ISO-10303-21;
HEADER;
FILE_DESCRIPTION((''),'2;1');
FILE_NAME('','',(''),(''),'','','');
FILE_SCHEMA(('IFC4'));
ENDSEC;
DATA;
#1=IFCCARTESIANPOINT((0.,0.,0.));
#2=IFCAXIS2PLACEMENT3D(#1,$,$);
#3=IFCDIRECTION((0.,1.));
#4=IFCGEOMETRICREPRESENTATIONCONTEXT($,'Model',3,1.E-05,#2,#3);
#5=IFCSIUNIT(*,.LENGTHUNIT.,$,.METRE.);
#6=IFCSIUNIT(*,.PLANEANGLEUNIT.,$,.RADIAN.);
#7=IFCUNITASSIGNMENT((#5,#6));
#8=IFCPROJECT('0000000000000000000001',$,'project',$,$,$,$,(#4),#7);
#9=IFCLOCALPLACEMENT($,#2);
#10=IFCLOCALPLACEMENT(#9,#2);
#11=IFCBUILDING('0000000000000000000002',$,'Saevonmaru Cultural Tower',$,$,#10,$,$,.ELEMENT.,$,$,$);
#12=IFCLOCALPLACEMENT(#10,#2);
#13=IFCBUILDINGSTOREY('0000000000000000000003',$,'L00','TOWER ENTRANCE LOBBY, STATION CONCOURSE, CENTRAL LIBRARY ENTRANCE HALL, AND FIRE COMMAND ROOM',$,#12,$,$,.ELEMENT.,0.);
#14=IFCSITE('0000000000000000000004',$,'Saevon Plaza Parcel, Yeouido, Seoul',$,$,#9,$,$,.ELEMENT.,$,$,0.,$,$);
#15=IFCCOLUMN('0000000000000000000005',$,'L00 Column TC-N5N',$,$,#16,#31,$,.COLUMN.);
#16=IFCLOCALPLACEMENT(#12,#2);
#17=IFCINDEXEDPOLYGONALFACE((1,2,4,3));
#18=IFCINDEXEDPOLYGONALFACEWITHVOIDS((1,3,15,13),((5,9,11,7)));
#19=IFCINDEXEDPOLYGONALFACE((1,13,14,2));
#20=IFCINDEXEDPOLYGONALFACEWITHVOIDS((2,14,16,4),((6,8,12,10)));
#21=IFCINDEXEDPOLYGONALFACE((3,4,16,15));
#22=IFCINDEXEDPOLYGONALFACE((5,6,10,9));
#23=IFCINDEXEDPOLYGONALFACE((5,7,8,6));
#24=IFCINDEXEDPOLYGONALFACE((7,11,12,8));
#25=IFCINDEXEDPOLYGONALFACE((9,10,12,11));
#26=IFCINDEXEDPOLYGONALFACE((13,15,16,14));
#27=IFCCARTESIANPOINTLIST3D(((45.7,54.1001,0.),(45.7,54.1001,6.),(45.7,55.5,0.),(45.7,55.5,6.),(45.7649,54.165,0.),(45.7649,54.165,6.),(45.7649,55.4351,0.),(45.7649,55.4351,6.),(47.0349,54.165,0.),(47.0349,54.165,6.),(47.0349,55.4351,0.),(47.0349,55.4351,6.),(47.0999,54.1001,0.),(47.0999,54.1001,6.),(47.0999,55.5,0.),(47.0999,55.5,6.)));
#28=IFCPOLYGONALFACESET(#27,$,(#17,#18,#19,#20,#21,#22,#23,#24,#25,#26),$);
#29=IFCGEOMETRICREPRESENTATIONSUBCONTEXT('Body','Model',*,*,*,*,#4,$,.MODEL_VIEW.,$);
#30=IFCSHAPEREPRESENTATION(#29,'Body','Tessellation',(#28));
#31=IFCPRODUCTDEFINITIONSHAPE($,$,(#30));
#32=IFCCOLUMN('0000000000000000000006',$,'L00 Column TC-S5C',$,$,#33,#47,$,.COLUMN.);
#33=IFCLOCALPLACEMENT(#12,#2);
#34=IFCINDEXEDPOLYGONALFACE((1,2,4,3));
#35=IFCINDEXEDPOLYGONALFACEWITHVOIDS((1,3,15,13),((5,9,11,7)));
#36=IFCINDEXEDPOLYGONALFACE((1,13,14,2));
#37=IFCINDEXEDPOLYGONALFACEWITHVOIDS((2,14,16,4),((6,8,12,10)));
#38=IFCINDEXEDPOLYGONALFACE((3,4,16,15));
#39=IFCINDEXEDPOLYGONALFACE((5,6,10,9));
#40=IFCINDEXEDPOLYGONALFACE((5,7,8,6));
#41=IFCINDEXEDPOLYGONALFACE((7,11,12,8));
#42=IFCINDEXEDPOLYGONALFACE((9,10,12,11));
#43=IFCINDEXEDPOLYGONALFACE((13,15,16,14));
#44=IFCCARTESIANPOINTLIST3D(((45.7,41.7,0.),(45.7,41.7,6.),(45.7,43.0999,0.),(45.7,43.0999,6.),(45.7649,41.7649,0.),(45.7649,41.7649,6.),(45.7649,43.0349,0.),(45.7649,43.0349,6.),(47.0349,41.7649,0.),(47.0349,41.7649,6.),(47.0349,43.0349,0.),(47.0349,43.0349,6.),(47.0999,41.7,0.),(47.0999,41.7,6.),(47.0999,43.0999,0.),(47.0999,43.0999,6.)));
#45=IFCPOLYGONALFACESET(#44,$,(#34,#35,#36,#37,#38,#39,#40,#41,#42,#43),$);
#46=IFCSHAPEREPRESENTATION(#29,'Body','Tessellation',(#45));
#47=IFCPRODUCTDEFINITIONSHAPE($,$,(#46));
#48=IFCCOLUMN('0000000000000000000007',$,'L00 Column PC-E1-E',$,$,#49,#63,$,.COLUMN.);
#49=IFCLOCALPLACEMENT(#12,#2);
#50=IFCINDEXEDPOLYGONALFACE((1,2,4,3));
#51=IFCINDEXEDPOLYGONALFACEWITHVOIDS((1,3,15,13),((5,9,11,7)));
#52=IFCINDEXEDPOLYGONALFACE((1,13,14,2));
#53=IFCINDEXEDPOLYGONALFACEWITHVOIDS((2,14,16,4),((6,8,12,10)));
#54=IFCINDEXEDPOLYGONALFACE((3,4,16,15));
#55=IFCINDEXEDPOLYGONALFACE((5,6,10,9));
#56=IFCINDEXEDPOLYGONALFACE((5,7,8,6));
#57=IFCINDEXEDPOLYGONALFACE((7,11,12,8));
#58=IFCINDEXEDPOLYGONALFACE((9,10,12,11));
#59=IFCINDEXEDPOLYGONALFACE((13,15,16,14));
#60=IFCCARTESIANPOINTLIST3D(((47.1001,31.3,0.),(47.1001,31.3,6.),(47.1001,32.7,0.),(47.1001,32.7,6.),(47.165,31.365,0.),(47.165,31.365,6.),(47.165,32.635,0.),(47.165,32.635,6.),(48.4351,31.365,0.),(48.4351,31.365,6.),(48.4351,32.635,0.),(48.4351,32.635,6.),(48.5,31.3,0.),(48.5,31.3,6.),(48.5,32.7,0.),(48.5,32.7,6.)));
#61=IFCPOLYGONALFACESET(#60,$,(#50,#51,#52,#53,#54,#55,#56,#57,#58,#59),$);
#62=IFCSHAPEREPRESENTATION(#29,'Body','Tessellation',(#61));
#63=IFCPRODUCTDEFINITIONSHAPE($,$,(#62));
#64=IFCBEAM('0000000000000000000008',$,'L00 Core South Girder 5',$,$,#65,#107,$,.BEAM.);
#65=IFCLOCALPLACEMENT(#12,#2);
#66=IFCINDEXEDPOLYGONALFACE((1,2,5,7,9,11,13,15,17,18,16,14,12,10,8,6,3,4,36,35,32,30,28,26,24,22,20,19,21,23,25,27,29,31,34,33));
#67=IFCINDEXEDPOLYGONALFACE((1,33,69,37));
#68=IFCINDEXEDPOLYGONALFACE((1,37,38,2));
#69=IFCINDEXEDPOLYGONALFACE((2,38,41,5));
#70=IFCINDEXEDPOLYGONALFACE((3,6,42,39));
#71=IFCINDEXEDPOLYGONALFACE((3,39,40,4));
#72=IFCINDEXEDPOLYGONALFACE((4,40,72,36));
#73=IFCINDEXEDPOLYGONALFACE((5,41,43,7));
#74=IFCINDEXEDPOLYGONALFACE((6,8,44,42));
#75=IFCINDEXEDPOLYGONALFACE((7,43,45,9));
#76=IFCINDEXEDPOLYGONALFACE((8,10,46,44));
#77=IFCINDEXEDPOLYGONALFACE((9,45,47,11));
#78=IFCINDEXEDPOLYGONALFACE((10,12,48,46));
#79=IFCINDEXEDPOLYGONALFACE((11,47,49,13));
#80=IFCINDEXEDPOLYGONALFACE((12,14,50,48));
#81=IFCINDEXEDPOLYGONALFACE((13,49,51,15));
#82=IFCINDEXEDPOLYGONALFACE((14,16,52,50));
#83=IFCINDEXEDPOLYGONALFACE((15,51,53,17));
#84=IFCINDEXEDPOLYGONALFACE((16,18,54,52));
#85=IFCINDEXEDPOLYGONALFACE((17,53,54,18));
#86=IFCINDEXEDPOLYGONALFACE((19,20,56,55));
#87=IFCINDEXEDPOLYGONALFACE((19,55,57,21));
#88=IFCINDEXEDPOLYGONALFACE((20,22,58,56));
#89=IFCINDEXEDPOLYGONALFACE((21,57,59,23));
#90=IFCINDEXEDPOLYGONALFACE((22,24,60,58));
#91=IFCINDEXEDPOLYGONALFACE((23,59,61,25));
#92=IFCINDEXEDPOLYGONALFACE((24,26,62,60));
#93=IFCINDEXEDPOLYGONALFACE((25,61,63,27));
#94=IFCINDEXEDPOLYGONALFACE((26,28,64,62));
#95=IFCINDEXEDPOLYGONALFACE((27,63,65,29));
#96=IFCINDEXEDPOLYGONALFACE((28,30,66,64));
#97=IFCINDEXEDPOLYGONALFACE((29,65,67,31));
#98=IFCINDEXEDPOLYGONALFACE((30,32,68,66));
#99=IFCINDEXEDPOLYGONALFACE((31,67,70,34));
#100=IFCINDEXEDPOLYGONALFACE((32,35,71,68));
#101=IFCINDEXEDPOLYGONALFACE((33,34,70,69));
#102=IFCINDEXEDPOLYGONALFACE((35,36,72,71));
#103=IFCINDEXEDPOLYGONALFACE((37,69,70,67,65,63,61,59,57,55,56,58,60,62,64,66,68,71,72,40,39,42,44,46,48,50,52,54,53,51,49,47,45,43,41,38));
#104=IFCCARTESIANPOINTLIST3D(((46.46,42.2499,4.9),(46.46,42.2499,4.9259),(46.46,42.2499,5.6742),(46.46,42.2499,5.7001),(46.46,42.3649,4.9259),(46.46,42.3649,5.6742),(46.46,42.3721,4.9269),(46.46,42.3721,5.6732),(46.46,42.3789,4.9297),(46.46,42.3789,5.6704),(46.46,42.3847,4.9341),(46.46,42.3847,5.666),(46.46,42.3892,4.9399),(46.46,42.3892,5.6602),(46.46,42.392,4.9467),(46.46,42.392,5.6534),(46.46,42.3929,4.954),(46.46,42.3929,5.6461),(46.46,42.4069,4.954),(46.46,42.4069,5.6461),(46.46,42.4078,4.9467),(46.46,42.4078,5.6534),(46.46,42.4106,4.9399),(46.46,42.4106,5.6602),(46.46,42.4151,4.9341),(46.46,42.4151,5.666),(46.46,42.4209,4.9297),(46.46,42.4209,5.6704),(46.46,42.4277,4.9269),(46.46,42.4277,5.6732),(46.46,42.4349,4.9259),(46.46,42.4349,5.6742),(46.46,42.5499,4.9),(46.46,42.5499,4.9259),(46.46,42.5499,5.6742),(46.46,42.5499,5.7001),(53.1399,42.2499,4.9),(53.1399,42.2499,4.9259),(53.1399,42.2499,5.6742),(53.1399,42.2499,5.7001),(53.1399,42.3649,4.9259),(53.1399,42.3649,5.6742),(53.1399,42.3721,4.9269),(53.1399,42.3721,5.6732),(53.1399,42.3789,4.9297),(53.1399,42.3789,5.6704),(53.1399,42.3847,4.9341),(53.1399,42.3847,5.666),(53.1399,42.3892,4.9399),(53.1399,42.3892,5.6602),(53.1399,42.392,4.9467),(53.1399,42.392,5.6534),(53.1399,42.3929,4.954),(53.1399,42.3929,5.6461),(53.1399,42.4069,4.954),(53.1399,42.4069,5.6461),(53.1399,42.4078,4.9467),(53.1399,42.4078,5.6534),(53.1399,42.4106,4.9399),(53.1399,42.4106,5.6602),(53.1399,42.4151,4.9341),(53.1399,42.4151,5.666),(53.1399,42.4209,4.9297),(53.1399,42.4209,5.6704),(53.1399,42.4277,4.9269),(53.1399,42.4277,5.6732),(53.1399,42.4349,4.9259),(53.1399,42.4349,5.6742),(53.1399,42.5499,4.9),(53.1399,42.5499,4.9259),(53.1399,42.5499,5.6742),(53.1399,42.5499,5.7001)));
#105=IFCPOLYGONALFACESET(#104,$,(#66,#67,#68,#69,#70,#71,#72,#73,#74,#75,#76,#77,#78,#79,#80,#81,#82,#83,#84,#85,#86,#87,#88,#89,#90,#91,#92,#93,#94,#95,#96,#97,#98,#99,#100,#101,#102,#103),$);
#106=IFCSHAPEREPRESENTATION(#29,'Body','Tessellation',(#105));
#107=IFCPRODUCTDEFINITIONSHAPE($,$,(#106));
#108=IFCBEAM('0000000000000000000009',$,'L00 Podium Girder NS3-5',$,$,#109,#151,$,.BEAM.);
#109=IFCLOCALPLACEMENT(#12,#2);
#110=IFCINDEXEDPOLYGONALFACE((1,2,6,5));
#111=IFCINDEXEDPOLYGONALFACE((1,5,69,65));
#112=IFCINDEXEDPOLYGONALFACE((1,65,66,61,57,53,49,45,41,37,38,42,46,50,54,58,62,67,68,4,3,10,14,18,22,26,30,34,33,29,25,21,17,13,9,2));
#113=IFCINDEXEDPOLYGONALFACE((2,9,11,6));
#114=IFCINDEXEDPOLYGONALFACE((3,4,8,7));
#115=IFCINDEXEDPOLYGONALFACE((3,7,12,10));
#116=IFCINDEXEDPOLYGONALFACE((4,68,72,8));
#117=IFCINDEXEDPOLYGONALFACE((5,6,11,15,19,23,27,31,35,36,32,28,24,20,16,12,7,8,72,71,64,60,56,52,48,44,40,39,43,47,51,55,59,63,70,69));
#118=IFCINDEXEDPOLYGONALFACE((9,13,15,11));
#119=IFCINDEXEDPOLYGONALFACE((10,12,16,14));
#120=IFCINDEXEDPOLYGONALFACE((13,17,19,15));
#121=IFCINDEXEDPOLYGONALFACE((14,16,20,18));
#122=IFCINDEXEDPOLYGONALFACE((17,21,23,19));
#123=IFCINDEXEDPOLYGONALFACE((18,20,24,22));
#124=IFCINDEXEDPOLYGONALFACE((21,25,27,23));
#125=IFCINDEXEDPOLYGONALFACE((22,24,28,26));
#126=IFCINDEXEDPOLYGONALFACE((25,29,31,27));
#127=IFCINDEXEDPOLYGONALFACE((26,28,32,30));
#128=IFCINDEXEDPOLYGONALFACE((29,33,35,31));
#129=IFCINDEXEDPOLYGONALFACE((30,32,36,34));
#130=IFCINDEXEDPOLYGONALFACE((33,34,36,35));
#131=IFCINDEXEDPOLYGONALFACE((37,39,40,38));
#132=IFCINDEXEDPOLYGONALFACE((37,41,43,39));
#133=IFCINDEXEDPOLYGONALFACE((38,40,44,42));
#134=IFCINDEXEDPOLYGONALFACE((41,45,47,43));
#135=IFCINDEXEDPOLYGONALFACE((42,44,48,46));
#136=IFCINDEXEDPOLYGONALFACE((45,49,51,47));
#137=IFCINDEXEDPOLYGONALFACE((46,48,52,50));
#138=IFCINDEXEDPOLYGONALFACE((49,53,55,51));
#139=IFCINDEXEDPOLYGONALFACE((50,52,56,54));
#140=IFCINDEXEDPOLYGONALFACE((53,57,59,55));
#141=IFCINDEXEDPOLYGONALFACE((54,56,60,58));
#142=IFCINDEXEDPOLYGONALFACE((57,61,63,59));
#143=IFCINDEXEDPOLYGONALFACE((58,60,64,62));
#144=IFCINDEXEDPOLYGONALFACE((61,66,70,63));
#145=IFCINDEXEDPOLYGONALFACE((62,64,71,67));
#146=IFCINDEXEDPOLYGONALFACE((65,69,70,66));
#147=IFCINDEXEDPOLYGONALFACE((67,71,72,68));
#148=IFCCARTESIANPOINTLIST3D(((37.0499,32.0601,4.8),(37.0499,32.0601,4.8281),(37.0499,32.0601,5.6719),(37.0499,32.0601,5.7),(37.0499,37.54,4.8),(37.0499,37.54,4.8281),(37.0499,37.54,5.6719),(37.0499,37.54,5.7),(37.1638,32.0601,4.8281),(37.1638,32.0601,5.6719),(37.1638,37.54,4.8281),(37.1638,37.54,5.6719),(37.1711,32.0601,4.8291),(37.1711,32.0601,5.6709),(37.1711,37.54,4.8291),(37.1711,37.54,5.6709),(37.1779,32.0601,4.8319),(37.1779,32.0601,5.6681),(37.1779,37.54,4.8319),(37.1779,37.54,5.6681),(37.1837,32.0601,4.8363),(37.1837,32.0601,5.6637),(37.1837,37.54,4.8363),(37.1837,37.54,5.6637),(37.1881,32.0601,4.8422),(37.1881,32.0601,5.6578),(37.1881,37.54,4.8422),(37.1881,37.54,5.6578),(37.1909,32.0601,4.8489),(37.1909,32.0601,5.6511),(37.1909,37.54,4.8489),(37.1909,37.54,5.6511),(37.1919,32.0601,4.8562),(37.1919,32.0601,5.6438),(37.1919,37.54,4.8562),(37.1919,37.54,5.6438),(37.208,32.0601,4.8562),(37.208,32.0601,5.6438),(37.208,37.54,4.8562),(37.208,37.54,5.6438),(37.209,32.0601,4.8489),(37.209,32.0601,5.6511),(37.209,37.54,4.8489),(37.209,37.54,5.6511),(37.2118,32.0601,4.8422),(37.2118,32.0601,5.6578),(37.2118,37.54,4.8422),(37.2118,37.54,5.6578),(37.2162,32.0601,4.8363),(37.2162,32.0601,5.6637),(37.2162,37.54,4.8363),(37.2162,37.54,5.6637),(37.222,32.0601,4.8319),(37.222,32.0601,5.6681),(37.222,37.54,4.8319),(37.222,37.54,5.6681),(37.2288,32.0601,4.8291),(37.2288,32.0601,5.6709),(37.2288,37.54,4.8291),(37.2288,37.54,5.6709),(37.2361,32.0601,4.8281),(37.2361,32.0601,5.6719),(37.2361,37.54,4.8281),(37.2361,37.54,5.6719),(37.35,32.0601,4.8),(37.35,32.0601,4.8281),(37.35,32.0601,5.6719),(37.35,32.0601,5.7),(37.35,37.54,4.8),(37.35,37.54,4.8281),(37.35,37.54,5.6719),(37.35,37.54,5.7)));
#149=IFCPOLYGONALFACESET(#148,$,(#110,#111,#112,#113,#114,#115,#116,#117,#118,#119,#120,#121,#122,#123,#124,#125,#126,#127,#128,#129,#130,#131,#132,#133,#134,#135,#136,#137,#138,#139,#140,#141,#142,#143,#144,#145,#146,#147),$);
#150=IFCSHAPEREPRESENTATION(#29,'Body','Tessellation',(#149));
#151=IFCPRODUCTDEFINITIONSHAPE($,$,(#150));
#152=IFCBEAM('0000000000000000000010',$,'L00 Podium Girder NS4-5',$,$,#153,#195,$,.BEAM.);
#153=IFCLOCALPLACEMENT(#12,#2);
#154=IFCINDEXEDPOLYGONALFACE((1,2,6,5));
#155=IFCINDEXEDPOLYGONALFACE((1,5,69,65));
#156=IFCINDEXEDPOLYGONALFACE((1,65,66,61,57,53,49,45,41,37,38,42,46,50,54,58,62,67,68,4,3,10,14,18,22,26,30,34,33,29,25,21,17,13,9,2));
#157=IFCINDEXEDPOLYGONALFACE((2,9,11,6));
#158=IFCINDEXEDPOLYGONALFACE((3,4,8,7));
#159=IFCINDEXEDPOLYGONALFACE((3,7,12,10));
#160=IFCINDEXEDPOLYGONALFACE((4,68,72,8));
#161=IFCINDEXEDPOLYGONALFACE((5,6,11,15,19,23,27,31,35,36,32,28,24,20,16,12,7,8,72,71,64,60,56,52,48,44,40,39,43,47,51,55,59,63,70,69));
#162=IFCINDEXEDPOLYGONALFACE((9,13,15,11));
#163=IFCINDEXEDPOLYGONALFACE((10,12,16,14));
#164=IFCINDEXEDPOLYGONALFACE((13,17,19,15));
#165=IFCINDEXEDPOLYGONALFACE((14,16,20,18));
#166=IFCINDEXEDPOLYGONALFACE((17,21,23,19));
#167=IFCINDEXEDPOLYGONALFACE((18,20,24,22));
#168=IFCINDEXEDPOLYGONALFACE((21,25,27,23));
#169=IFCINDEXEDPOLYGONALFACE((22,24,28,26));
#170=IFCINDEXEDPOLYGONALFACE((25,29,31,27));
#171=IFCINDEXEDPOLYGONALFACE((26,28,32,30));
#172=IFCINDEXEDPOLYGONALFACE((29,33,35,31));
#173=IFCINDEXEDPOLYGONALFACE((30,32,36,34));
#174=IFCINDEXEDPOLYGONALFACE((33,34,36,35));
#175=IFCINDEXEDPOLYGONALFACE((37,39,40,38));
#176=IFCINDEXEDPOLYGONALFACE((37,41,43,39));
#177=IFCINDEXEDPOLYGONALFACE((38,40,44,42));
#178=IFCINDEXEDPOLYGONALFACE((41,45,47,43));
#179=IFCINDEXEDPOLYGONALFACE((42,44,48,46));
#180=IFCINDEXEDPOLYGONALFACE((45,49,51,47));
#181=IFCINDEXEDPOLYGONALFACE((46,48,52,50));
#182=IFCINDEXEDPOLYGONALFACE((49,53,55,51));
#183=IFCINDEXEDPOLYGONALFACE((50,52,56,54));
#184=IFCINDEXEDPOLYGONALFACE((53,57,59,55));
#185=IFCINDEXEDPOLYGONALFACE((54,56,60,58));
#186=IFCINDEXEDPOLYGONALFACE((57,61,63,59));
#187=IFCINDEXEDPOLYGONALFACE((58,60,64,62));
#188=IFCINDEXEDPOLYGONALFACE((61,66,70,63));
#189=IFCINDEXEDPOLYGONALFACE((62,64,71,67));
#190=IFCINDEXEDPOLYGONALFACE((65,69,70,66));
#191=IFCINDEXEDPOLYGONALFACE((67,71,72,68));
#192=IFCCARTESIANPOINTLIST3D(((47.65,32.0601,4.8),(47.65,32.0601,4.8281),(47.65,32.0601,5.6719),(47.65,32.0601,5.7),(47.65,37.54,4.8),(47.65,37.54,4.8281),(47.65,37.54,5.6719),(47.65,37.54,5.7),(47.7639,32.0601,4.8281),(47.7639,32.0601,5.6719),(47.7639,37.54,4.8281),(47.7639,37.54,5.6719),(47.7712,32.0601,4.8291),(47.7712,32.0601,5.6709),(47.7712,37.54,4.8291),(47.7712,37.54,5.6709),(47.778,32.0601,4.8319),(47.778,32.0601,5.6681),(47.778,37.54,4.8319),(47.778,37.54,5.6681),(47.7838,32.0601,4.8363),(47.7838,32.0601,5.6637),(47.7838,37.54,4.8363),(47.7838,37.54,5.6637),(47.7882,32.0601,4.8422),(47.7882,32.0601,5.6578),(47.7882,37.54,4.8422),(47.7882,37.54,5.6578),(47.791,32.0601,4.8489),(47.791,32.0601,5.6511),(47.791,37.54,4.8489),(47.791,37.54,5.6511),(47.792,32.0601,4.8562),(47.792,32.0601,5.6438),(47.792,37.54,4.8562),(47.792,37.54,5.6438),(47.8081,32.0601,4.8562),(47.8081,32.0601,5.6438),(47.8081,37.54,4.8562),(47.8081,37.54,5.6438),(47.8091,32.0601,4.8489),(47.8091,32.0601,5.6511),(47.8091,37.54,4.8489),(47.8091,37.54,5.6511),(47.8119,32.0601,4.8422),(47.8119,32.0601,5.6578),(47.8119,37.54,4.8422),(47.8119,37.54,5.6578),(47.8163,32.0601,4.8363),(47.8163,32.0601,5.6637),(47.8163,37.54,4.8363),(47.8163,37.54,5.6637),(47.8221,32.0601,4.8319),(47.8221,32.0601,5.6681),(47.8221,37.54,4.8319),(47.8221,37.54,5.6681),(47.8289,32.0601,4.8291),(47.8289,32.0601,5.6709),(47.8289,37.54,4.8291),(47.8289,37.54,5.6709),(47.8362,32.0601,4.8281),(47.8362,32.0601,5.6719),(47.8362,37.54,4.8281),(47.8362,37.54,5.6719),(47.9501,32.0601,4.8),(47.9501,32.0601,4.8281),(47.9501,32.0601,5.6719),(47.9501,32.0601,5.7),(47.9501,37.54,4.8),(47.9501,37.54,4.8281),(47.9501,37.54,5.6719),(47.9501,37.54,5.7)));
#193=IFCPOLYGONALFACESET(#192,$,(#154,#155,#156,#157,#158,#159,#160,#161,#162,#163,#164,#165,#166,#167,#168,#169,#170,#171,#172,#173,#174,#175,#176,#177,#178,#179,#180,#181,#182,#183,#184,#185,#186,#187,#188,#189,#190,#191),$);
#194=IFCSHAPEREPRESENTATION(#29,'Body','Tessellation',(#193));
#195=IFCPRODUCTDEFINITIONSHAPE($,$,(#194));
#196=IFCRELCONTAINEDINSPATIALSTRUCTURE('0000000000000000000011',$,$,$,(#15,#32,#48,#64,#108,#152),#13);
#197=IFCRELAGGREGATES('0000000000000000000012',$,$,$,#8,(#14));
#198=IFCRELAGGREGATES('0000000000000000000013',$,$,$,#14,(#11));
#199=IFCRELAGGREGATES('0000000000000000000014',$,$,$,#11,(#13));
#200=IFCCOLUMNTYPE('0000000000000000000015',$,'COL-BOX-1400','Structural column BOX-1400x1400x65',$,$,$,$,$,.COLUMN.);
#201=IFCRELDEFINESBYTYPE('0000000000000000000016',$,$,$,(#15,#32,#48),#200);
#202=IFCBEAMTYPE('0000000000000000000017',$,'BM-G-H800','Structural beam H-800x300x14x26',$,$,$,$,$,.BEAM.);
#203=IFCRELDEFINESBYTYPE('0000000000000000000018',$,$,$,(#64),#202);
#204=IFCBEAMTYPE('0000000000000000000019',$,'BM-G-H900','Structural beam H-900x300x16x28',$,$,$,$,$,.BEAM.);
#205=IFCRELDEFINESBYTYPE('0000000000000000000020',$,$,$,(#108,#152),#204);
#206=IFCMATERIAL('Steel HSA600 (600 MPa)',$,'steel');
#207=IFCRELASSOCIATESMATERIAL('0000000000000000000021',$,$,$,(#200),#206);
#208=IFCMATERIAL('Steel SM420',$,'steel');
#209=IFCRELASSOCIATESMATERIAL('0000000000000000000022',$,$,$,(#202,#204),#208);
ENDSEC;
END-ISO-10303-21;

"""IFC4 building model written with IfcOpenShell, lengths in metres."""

from ifc_helpers import new_model, si_unit, direction, frame, origin, origin_2d, place, context, subcontext, project, spatial, hollow_rectangle, i_section, extrude, material, material_profile, profile_set, type_object, element, save


model = new_model("IFC4")

# Units and contexts
model_context = context("Model", 3, precision=1e-05, world=origin(), true_north=direction((0.0, 1.0)))
body_context = subcontext(model_context, "Body", "Model", "MODEL_VIEW")
ifc_project = project(units=[si_unit("LENGTHUNIT", "METRE"), si_unit("PLANEANGLEUNIT", "RADIAN")], contexts=[model_context])

# Site, building, storey
site_placement = place(None, origin())
site = spatial("IfcSite", under=ifc_project, at=site_placement, Name="Saevon Plaza Parcel, Yeouido, Seoul", CompositionType="ELEMENT", RefElevation=0.0)
building_placement = place(site_placement, origin())
building = spatial("IfcBuilding", under=site, at=building_placement, Name="Saevonmaru Cultural Tower", CompositionType="ELEMENT")
storey_placement = place(building_placement, origin())
storey = spatial("IfcBuildingStorey", under=building, at=storey_placement, Name="L00", Description="TOWER ENTRANCE LOBBY, STATION CONCOURSE, CENTRAL LIBRARY ENTRANCE HALL, AND FIRE COMMAND ROOM", CompositionType="ELEMENT", Elevation=0.0)

# Columns
ifc_material_1 = material(Name="Steel HSA600 (600 MPa)", Category="steel")
ifc_material_profile_1 = material_profile(ifc_material_1, hollow_rectangle(XDim=1.3999, YDim=1.3999, WallThickness=0.0649, at=origin_2d()), Name="BOX-1400x1400x65")
ifc_profile_set_1 = profile_set([ifc_material_profile_1], Name="Steel HSA600 (600 MPa)")
column_type = type_object("IfcColumnType", Name="COL-BOX-1400", Description="Structural column BOX-1400x1400x65", PredefinedType="COLUMN", material=ifc_profile_set_1)
for number, where, z_axis, x_axis, name in (
    (1, (46.3999, 54.8, 0.0), (0.0, 0.0, 1.0), (1.0, 0.0, 0.0), "L00 Column TC-N5N"),
    (2, (46.3999, 42.3999, 0.0), (0.0, 0.0, 1.0), (1.0, 0.0, 0.0), "L00 Column TC-S5C"),
    (3, (47.8, 32.0, 0.0), (0.0, 0.0, 1.0), (1.0, 0.0, 0.0), "L00 Column PC-E1-E"),
):
    element("IfcColumn", number, at=place(storey_placement, frame(where, z_axis=z_axis, x_axis=x_axis)), inside=storey, type_object=column_type, Name=name, PredefinedType="COLUMN", context=body_context, shape_type="SweptSolid", body=[
        extrude(hollow_rectangle(XDim=1.3999, YDim=1.3999, WallThickness=0.0649, at=origin_2d()), origin(), (0.0, 0.0, 1.0), 6.0),
    ])

# Beams
ifc_material_2 = material(Name="Steel SM420", Category="steel")
ifc_material_profile_2 = material_profile(ifc_material_2, i_section(OverallWidth=0.3, OverallDepth=0.8, WebThickness=0.0139, FlangeThickness=0.0259, FilletRadius=0.0281, at=origin_2d()), Name="H-800x300x14x26")
ifc_profile_set_2 = profile_set([ifc_material_profile_2], Name="Steel SM420")
beam_type_1 = type_object("IfcBeamType", Name="BM-G-H800", Description="Structural beam H-800x300x14x26", PredefinedType="BEAM", material=ifc_profile_set_2)
beam_1_placement = place(storey_placement, frame((46.46, 42.3999, 5.3), z_axis=(1.0, 0.0, 0.0), x_axis=(0.0, 1.0, 0.0)))
element("IfcBeam", 4, at=beam_1_placement, inside=storey, type_object=beam_type_1, Name="L00 Core South Girder 5", PredefinedType="BEAM", context=body_context, shape_type="SweptSolid", body=[
    extrude(i_section(OverallWidth=0.3, OverallDepth=0.8, WebThickness=0.0139, FlangeThickness=0.0259, FilletRadius=0.0281, at=origin_2d()), origin(), (0.0, 0.0, 1.0), 6.6799),
])
ifc_material_profile_3 = material_profile(ifc_material_2, i_section(OverallWidth=0.3, OverallDepth=0.8999, WebThickness=0.0161, FlangeThickness=0.0281, FilletRadius=0.0281, at=origin_2d()), Name="H-900x300x16x28")
ifc_profile_set_3 = profile_set([ifc_material_profile_3], Name="Steel SM420")
beam_type_2 = type_object("IfcBeamType", Name="BM-G-H900", Description="Structural beam H-900x300x16x28", PredefinedType="BEAM", material=ifc_profile_set_3)
for number, where, z_axis, x_axis, name in (
    (5, (37.2, 32.0601, 5.25), (0.0, 1.0, 0.0), (-1.0, 0.0, 0.0), "L00 Podium Girder NS3-5"),
    (6, (47.8, 32.0601, 5.25), (0.0, 1.0, 0.0), (-1.0, 0.0, 0.0), "L00 Podium Girder NS4-5"),
):
    element("IfcBeam", number, at=place(storey_placement, frame(where, z_axis=z_axis, x_axis=x_axis)), inside=storey, type_object=beam_type_2, Name=name, PredefinedType="BEAM", context=body_context, shape_type="SweptSolid", body=[
        extrude(i_section(OverallWidth=0.3, OverallDepth=0.8999, WebThickness=0.0161, FlangeThickness=0.0281, FilletRadius=0.0281, at=origin_2d()), origin(), (0.0, 0.0, 1.0), 5.48),
    ])

save(model, "model.ifc")
